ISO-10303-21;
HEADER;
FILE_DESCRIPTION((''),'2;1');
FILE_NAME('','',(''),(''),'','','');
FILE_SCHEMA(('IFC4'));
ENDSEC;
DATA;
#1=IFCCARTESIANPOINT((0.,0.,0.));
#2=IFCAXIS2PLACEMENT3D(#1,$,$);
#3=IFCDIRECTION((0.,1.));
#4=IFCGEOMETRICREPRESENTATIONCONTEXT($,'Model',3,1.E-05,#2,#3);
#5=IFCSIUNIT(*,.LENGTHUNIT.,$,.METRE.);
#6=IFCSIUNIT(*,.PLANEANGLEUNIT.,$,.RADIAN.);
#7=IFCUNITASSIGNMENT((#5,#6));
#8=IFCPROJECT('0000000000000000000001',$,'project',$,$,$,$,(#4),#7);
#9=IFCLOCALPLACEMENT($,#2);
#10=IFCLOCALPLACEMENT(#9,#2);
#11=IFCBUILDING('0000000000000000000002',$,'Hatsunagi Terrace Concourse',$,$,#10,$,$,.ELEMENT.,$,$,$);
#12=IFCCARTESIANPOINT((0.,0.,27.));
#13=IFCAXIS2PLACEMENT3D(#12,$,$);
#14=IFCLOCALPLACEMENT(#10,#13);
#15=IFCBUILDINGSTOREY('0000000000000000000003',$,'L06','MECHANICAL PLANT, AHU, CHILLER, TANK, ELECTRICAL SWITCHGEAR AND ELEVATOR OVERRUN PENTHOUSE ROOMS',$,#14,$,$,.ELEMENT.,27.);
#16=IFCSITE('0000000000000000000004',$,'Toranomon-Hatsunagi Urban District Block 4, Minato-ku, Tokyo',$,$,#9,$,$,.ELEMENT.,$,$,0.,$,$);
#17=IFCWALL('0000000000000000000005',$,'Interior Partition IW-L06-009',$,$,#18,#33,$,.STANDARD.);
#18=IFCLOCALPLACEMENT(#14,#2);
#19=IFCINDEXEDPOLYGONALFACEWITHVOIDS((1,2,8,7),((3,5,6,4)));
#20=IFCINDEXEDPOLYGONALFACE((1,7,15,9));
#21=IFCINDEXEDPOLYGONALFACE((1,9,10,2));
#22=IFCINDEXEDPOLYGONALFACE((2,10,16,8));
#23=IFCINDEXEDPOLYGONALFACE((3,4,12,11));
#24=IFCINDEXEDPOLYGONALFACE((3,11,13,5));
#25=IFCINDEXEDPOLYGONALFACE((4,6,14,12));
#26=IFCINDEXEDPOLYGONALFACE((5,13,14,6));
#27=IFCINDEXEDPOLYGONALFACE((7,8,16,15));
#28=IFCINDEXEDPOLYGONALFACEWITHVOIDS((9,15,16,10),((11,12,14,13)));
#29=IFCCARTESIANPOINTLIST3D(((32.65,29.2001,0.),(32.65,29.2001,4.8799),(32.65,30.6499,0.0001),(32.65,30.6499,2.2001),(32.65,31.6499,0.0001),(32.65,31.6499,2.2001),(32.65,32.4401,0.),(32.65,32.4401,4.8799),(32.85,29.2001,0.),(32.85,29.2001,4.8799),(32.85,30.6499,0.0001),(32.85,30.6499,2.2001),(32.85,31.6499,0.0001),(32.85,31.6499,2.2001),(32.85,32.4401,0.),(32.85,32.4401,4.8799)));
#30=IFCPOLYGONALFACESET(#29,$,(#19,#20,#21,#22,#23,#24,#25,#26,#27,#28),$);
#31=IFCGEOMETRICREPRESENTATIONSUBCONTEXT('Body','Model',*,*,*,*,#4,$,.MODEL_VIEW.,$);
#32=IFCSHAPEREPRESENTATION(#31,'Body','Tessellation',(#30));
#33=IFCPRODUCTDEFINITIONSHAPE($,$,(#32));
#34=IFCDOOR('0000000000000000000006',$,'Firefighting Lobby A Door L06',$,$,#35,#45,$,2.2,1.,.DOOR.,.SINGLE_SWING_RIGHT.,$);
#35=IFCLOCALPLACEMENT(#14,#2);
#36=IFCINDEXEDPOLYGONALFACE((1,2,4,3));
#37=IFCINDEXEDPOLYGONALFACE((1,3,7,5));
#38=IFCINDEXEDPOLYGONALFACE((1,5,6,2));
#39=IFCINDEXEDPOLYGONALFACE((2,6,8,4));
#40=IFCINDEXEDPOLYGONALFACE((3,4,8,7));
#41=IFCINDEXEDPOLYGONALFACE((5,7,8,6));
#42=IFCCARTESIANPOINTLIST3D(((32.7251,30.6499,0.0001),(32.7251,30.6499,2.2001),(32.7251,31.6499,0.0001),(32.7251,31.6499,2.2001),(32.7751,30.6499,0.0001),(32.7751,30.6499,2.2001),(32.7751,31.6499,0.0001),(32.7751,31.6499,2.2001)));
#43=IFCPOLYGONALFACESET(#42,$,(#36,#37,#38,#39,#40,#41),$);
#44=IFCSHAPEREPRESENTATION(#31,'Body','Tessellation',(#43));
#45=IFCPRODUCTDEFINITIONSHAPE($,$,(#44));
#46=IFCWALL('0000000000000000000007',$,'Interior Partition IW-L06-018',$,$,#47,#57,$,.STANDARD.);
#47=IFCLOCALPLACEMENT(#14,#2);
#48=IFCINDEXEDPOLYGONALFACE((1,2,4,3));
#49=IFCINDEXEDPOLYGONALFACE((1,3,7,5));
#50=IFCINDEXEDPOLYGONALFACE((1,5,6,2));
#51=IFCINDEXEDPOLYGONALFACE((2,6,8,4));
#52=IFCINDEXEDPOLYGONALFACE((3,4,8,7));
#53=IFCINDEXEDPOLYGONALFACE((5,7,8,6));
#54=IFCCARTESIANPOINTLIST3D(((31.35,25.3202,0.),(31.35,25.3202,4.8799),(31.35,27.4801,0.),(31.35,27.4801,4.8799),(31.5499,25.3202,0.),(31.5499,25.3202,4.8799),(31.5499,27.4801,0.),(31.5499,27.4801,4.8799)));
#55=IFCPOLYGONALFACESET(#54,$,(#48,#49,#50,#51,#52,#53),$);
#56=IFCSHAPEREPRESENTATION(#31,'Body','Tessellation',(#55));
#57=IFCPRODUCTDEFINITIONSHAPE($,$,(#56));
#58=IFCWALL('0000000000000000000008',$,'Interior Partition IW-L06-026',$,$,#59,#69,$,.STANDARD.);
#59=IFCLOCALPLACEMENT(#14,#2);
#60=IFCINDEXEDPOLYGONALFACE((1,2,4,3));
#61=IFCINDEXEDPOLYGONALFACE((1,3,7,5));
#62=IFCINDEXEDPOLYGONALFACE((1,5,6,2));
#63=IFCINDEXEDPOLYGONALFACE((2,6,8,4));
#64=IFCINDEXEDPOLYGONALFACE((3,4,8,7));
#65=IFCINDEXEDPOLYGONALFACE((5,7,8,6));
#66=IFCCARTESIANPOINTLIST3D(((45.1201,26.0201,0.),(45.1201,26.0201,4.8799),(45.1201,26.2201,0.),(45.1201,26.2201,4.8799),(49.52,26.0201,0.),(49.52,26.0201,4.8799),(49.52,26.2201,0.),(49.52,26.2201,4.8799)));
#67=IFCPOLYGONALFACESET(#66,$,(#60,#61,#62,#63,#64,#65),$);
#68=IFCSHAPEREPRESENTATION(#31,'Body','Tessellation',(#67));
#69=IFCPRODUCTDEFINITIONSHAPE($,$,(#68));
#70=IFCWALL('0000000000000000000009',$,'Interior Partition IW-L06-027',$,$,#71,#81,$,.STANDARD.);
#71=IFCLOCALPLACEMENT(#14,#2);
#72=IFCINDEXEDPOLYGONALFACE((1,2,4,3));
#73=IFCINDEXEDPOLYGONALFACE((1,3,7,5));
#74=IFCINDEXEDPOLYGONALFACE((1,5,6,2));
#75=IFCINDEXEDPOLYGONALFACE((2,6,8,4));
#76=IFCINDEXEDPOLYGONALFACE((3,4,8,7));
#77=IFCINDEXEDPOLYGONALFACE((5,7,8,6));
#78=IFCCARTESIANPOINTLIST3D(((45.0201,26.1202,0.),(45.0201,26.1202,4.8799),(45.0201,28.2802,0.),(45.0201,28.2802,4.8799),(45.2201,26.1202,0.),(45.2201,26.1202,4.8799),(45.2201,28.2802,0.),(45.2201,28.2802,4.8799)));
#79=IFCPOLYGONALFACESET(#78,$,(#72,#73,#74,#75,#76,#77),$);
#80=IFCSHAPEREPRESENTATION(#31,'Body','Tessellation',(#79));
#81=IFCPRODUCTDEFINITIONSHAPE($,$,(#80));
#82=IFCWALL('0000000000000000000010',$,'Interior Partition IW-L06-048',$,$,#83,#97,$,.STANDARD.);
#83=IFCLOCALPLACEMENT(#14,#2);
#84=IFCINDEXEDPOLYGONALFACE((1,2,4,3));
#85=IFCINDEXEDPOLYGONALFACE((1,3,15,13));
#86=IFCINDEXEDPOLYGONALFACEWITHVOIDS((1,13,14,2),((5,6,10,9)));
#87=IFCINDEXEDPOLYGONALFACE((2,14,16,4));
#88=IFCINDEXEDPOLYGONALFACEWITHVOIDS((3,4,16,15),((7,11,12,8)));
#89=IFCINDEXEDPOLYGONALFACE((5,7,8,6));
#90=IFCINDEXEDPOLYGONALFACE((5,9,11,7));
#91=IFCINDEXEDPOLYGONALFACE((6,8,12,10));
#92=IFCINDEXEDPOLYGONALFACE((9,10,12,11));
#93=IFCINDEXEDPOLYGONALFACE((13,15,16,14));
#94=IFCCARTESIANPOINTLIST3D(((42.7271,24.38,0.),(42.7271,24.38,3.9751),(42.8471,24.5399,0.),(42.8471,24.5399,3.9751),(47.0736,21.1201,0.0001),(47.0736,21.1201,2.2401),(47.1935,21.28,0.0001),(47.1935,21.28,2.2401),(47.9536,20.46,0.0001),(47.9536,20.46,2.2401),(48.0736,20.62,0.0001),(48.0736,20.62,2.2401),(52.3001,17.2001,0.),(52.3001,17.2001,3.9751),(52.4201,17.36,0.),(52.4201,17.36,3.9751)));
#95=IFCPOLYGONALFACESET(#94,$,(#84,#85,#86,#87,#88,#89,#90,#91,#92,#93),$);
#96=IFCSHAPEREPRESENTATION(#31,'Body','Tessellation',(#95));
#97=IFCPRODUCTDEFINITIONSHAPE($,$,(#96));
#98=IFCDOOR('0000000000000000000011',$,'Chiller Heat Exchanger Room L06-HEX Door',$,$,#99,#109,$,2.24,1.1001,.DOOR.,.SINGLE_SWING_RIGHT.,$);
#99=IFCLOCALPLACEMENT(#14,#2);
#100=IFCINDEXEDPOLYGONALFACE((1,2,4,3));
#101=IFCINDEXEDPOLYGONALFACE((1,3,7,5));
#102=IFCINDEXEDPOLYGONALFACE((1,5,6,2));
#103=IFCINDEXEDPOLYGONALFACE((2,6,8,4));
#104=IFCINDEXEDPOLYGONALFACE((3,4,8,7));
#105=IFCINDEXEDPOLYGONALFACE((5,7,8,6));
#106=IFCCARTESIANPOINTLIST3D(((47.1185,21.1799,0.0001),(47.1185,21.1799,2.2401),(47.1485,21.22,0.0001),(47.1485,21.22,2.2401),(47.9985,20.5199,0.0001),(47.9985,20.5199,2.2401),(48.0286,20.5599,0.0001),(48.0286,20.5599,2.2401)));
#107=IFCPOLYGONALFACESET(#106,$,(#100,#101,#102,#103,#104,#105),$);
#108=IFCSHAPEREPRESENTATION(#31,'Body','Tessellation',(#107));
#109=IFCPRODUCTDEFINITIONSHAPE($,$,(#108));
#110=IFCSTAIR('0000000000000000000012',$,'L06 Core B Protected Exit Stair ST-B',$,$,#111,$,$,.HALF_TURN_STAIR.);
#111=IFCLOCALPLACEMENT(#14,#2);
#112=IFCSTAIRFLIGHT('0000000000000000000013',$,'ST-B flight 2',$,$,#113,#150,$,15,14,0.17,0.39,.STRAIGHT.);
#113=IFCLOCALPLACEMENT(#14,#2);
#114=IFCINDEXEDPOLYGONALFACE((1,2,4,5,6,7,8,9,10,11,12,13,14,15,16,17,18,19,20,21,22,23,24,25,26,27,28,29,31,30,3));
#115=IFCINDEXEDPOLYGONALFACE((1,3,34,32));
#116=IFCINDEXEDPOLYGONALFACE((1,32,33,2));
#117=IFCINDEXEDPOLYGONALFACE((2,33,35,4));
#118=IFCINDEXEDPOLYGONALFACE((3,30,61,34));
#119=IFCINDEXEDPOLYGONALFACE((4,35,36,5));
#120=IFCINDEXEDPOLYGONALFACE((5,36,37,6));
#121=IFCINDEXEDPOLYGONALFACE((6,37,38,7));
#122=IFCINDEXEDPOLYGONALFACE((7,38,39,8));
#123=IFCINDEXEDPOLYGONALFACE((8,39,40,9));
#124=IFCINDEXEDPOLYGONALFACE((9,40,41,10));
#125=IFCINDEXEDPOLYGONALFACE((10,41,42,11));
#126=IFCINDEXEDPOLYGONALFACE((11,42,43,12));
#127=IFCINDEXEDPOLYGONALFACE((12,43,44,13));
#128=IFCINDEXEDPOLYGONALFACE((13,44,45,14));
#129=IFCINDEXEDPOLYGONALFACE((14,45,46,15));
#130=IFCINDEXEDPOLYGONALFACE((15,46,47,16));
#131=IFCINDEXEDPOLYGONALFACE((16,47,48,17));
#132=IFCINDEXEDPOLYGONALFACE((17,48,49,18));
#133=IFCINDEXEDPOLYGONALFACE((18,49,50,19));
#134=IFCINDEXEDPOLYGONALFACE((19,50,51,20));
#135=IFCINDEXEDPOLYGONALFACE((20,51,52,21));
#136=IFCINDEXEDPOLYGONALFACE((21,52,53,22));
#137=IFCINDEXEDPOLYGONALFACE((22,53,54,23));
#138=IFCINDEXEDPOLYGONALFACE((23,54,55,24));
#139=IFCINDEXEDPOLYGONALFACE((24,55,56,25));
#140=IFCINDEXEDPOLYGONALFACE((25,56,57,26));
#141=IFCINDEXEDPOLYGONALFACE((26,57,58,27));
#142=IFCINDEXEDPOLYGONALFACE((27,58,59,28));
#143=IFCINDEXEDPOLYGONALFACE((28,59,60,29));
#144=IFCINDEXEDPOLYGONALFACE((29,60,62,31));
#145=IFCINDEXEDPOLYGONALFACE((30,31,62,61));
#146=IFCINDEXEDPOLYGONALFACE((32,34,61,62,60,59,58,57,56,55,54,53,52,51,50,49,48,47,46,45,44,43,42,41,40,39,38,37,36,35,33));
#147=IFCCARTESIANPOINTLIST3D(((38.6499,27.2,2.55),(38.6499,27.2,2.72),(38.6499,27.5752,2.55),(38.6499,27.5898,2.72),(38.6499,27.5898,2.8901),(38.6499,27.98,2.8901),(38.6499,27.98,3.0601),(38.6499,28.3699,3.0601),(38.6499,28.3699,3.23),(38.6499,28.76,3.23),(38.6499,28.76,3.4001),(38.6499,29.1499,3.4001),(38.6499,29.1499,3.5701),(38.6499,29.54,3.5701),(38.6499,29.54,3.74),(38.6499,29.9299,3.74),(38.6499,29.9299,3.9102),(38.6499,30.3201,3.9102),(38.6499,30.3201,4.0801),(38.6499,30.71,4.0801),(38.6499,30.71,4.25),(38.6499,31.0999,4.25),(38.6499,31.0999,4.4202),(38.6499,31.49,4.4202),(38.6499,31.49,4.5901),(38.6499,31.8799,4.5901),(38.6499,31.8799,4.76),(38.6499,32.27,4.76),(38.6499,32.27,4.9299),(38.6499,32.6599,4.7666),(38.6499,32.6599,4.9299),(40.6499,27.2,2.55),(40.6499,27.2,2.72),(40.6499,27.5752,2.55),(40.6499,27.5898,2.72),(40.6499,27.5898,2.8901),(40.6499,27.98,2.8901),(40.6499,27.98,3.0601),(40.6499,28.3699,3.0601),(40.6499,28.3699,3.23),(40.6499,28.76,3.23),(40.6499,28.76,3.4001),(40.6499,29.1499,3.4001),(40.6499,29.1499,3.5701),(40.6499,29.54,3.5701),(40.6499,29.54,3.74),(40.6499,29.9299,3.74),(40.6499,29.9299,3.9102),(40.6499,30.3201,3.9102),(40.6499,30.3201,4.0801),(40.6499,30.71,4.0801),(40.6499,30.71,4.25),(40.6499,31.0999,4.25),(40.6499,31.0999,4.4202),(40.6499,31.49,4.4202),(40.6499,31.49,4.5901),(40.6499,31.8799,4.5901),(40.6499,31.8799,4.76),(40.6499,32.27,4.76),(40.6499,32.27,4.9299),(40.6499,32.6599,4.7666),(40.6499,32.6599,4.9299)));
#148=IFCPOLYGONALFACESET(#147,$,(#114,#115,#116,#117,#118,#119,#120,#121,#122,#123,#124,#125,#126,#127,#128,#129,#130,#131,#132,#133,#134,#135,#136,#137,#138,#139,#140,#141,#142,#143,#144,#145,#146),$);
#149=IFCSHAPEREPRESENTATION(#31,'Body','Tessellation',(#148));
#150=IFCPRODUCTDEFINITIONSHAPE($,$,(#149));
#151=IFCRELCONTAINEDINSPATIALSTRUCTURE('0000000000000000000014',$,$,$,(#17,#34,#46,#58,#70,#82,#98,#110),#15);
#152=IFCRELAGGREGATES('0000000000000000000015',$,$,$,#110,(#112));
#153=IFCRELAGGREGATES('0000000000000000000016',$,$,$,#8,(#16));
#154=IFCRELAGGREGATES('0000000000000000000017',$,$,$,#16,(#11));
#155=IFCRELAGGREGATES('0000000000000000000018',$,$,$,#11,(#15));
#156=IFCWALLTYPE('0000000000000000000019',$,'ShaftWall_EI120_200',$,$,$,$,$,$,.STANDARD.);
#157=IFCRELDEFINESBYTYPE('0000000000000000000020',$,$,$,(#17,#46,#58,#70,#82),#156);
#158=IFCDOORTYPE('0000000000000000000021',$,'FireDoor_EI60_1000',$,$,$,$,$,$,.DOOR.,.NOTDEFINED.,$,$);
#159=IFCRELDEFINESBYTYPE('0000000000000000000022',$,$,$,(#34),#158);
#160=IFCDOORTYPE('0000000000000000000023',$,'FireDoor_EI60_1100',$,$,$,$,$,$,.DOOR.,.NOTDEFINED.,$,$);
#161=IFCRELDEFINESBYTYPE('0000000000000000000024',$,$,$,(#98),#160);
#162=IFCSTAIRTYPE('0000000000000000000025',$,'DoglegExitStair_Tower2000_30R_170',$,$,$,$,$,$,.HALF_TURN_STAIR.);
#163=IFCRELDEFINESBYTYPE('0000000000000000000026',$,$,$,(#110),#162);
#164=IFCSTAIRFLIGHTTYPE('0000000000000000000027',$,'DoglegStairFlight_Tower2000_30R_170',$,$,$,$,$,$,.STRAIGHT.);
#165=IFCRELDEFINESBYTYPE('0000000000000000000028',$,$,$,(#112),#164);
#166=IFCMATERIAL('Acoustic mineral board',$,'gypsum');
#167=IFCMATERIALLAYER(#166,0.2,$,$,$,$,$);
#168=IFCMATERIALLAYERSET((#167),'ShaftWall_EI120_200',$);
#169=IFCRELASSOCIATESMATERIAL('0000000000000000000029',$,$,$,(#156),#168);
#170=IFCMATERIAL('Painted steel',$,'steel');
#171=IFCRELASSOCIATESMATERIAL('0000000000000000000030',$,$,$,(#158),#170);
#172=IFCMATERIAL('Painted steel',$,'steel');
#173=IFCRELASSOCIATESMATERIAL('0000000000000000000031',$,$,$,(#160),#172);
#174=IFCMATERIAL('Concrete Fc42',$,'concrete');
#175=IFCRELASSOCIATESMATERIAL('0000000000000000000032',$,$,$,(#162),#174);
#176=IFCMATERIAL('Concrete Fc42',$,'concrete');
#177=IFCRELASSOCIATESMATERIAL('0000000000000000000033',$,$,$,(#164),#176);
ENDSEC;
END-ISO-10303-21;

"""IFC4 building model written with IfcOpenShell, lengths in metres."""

from ifc_helpers import new_model, si_unit, direction, frame, frame_2d, origin, place, context, subcontext, project, spatial, polyline, rectangle, outline, extrude, material, layer, layer_set, type_object, element, fill, aggregate, save


model = new_model("IFC4")

# Units and contexts
model_context = context("Model", 3, precision=1e-05, world=origin(), true_north=direction((0.0, 1.0)))
body_context = subcontext(model_context, "Body", "Model", "MODEL_VIEW")
ifc_project = project(units=[si_unit("LENGTHUNIT", "METRE"), si_unit("PLANEANGLEUNIT", "RADIAN")], contexts=[model_context])

# Site, building, storey
site_placement = place(None, origin())
site = spatial("IfcSite", under=ifc_project, at=site_placement, Name="Toranomon-Hatsunagi Urban District Block 4, Minato-ku, Tokyo", CompositionType="ELEMENT", RefElevation=0.0)
building_placement = place(site_placement, origin())
building = spatial("IfcBuilding", under=site, at=building_placement, Name="Hatsunagi Terrace Concourse", CompositionType="ELEMENT")
storey_placement = place(building_placement, frame((0.0, 0.0, 27.0)))
storey = spatial("IfcBuildingStorey", under=building, at=storey_placement, Name="L06", Description="MECHANICAL PLANT, AHU, CHILLER, TANK, ELECTRICAL SWITCHGEAR AND ELEVATOR OVERRUN PENTHOUSE ROOMS", CompositionType="ELEMENT", Elevation=27.0)

# Wall, opening, door
ifc_material_1 = material(Name="Acoustic mineral board", Category="gypsum")
ifc_layer_1 = layer(ifc_material_1, 0.2)
ifc_layer_set_1 = layer_set([ifc_layer_1], Name="ShaftWall_EI120_200")
wall_type_1 = type_object("IfcWallType", Name="ShaftWall_EI120_200", PredefinedType="STANDARD", material=ifc_layer_set_1)
wall_1_placement = place(storey_placement, frame((32.75, 29.2, 0.0), z_axis=(0.0, 0.0, 1.0), x_axis=(0.0, 1.0, 0.0)))
wall_1 = element("IfcWall", 1, at=wall_1_placement, inside=storey, type_object=wall_type_1, Name="Interior Partition IW-L06-009", PredefinedType="STANDARD", context=body_context, shape_type="SweptSolid", body=[
    extrude(rectangle(XDim=3.24, YDim=0.2, at=frame_2d((1.6201, 0.0))), origin(), (0.0, 0.0, 1.0), 4.8799),
])
opening_1_placement = place(wall_1_placement, frame((1.45, 0.0, 0.0)))
opening_1 = element("IfcOpeningElement", 2, at=opening_1_placement, cuts=wall_1, PredefinedType="OPENING", context=body_context, shape_type="SweptSolid", body=[
    extrude(rectangle(XDim=1.0, YDim=2.2, at=frame_2d((0.5, 1.1001))), frame((0.0, 0.1099, 0.0), z_axis=(0.0, -1.0, 0.0), x_axis=(1.0, 0.0, 0.0)), (0.0, 0.0, 1.0), 0.22),
])
ifc_material_2 = material(Name="Painted steel", Category="steel")
door_type_1 = type_object("IfcDoorType", Name="FireDoor_EI60_1000", OperationType="NOTDEFINED", PredefinedType="DOOR", material=ifc_material_2)
door_1_placement = place(opening_1_placement, origin())
door_1 = element("IfcDoor", 3, at=door_1_placement, inside=storey, type_object=door_type_1, Name="Firefighting Lobby A Door L06", OperationType="SINGLE_SWING_RIGHT", OverallHeight=2.2, OverallWidth=1.0, PredefinedType="DOOR", context=body_context, shape_type="SweptSolid", body=[
    extrude(rectangle(XDim=1.0, YDim=2.2, at=frame_2d((0.5, 1.1001))), frame((0.0, 0.0249, 0.0), z_axis=(0.0, -1.0, 0.0), x_axis=(1.0, 0.0, 0.0)), (0.0, 0.0, 1.0), 0.05),
])
fill(opening_1, door_1)

# Walls
wall_2_placement = place(storey_placement, frame((31.45, 25.3201, 0.0), z_axis=(0.0, 0.0, 1.0), x_axis=(0.0, 1.0, 0.0)))
element("IfcWall", 4, at=wall_2_placement, inside=storey, type_object=wall_type_1, Name="Interior Partition IW-L06-018", PredefinedType="STANDARD", context=body_context, shape_type="SweptSolid", body=[
    extrude(rectangle(XDim=2.1599, YDim=0.2, at=frame_2d((1.0801, 0.0))), origin(), (0.0, 0.0, 1.0), 4.8799),
])
wall_3_placement = place(storey_placement, frame((45.1201, 26.1201, 0.0), z_axis=(0.0, 0.0, 1.0), x_axis=(1.0, 0.0, 0.0)))
element("IfcWall", 5, at=wall_3_placement, inside=storey, type_object=wall_type_1, Name="Interior Partition IW-L06-026", PredefinedType="STANDARD", context=body_context, shape_type="SweptSolid", body=[
    extrude(rectangle(XDim=4.3999, YDim=0.2, at=frame_2d((2.2, 0.0))), origin(), (0.0, 0.0, 1.0), 4.8799),
])
wall_4_placement = place(storey_placement, frame((45.1201, 26.1201, 0.0), z_axis=(0.0, 0.0, 1.0), x_axis=(0.0, 1.0, 0.0)))
element("IfcWall", 6, at=wall_4_placement, inside=storey, type_object=wall_type_1, Name="Interior Partition IW-L06-027", PredefinedType="STANDARD", context=body_context, shape_type="SweptSolid", body=[
    extrude(rectangle(XDim=2.1599, YDim=0.2, at=frame_2d((1.0801, 0.0))), origin(), (0.0, 0.0, 1.0), 4.8799),
])

# Wall, opening, door
wall_5_placement = place(storey_placement, frame((42.7871, 24.46, 0.0), z_axis=(0.0, 0.0, 1.0), x_axis=(0.799993, -0.60001, 0.0)))
wall_5 = element("IfcWall", 7, at=wall_5_placement, inside=storey, type_object=wall_type_1, Name="Interior Partition IW-L06-048", PredefinedType="STANDARD", context=body_context, shape_type="SweptSolid", body=[
    extrude(rectangle(XDim=11.9663, YDim=0.2, at=frame_2d((5.9832, 0.0))), origin(), (0.0, 0.0, 1.0), 3.9751),
])
opening_2_placement = place(wall_5_placement, frame((5.4331, 0.0, 0.0)))
opening_2 = element("IfcOpeningElement", 8, at=opening_2_placement, cuts=wall_5, PredefinedType="OPENING", context=body_context, shape_type="SweptSolid", body=[
    extrude(rectangle(XDim=1.1001, YDim=2.24, at=frame_2d((0.55, 1.1201))), frame((0.0, 0.1099, 0.0), z_axis=(0.0, -1.0, 0.0), x_axis=(1.0, 0.0, 0.0)), (0.0, 0.0, 1.0), 0.22),
])
ifc_material_3 = material(Name="Painted steel", Category="steel")
door_type_2 = type_object("IfcDoorType", Name="FireDoor_EI60_1100", OperationType="NOTDEFINED", PredefinedType="DOOR", material=ifc_material_3)
door_2_placement = place(opening_2_placement, origin())
door_2 = element("IfcDoor", 9, at=door_2_placement, inside=storey, type_object=door_type_2, Name="Chiller Heat Exchanger Room L06-HEX Door", OperationType="SINGLE_SWING_RIGHT", OverallHeight=2.24, OverallWidth=1.1001, PredefinedType="DOOR", context=body_context, shape_type="SweptSolid", body=[
    extrude(rectangle(XDim=1.1001, YDim=2.24, at=frame_2d((0.55, 1.1201))), frame((0.0, 0.0249, 0.0), z_axis=(0.0, -1.0, 0.0), x_axis=(1.0, 0.0, 0.0)), (0.0, 0.0, 1.0), 0.05),
])
fill(opening_2, door_2)

# Stair, stair flight
ifc_material_4 = material(Name="Concrete Fc42", Category="concrete")
stair_type = type_object("IfcStairType", Name="DoglegExitStair_Tower2000_30R_170", PredefinedType="HALF_TURN_STAIR", material=ifc_material_4)
stair_placement = place(storey_placement, origin())
stair = element("IfcStair", 10, at=stair_placement, inside=storey, type_object=stair_type, Name="L06 Core B Protected Exit Stair ST-B", PredefinedType="HALF_TURN_STAIR")
ifc_material_5 = material(Name="Concrete Fc42", Category="concrete")
stair_flight_type = type_object("IfcStairFlightType", Name="DoglegStairFlight_Tower2000_30R_170", PredefinedType="STRAIGHT", material=ifc_material_5)
stair_flight_placement = place(storey_placement, frame((39.6499, 27.2, 2.55), z_axis=(0.0, 0.0, 1.0), x_axis=(0.0, 1.0, 0.0)))
stair_flight = element("IfcStairFlight", 11, at=stair_flight_placement, type_object=stair_flight_type, Name="ST-B flight 2", NumberOfRisers=15, NumberOfTreads=14, PredefinedType="STRAIGHT", RiserHeight=0.17, TreadLength=0.39, context=body_context, shape_type="SweptSolid", body=[
    extrude(outline(polyline([(0.0, 0.0), (0.0, 0.1699), (0.3899, 0.1699), (0.3899, 0.3401), (0.78, 0.3401), (0.78, 0.51), (1.1699, 0.51), (1.1699, 0.6799), (1.5601, 0.6799), (1.5601, 0.8501), (1.95, 0.8501), (1.95, 1.02), (2.3401, 1.02), (2.3401, 1.1899), (2.73, 1.1899), (2.73, 1.3601), (3.1201, 1.3601), (3.1201, 1.53), (3.51, 1.53), (3.51, 1.7), (3.8999, 1.7), (3.8999, 1.8701), (4.29, 1.8701), (4.29, 2.04), (4.6799, 2.04), (4.6799, 2.21), (5.0701, 2.21), (5.0701, 2.3799), (5.46, 2.3799), (5.46, 2.55), (5.46, 2.2166), (0.3752, 0.0), (0.0, 0.0)])), frame((0.0, 1.0, 0.0), z_axis=(0.0, -1.0, 0.0), x_axis=(1.0, 0.0, 0.0)), (0.0, 0.0, 1.0), 2.0),
])
aggregate(stair, [stair_flight])

save(model, "model.ifc")
